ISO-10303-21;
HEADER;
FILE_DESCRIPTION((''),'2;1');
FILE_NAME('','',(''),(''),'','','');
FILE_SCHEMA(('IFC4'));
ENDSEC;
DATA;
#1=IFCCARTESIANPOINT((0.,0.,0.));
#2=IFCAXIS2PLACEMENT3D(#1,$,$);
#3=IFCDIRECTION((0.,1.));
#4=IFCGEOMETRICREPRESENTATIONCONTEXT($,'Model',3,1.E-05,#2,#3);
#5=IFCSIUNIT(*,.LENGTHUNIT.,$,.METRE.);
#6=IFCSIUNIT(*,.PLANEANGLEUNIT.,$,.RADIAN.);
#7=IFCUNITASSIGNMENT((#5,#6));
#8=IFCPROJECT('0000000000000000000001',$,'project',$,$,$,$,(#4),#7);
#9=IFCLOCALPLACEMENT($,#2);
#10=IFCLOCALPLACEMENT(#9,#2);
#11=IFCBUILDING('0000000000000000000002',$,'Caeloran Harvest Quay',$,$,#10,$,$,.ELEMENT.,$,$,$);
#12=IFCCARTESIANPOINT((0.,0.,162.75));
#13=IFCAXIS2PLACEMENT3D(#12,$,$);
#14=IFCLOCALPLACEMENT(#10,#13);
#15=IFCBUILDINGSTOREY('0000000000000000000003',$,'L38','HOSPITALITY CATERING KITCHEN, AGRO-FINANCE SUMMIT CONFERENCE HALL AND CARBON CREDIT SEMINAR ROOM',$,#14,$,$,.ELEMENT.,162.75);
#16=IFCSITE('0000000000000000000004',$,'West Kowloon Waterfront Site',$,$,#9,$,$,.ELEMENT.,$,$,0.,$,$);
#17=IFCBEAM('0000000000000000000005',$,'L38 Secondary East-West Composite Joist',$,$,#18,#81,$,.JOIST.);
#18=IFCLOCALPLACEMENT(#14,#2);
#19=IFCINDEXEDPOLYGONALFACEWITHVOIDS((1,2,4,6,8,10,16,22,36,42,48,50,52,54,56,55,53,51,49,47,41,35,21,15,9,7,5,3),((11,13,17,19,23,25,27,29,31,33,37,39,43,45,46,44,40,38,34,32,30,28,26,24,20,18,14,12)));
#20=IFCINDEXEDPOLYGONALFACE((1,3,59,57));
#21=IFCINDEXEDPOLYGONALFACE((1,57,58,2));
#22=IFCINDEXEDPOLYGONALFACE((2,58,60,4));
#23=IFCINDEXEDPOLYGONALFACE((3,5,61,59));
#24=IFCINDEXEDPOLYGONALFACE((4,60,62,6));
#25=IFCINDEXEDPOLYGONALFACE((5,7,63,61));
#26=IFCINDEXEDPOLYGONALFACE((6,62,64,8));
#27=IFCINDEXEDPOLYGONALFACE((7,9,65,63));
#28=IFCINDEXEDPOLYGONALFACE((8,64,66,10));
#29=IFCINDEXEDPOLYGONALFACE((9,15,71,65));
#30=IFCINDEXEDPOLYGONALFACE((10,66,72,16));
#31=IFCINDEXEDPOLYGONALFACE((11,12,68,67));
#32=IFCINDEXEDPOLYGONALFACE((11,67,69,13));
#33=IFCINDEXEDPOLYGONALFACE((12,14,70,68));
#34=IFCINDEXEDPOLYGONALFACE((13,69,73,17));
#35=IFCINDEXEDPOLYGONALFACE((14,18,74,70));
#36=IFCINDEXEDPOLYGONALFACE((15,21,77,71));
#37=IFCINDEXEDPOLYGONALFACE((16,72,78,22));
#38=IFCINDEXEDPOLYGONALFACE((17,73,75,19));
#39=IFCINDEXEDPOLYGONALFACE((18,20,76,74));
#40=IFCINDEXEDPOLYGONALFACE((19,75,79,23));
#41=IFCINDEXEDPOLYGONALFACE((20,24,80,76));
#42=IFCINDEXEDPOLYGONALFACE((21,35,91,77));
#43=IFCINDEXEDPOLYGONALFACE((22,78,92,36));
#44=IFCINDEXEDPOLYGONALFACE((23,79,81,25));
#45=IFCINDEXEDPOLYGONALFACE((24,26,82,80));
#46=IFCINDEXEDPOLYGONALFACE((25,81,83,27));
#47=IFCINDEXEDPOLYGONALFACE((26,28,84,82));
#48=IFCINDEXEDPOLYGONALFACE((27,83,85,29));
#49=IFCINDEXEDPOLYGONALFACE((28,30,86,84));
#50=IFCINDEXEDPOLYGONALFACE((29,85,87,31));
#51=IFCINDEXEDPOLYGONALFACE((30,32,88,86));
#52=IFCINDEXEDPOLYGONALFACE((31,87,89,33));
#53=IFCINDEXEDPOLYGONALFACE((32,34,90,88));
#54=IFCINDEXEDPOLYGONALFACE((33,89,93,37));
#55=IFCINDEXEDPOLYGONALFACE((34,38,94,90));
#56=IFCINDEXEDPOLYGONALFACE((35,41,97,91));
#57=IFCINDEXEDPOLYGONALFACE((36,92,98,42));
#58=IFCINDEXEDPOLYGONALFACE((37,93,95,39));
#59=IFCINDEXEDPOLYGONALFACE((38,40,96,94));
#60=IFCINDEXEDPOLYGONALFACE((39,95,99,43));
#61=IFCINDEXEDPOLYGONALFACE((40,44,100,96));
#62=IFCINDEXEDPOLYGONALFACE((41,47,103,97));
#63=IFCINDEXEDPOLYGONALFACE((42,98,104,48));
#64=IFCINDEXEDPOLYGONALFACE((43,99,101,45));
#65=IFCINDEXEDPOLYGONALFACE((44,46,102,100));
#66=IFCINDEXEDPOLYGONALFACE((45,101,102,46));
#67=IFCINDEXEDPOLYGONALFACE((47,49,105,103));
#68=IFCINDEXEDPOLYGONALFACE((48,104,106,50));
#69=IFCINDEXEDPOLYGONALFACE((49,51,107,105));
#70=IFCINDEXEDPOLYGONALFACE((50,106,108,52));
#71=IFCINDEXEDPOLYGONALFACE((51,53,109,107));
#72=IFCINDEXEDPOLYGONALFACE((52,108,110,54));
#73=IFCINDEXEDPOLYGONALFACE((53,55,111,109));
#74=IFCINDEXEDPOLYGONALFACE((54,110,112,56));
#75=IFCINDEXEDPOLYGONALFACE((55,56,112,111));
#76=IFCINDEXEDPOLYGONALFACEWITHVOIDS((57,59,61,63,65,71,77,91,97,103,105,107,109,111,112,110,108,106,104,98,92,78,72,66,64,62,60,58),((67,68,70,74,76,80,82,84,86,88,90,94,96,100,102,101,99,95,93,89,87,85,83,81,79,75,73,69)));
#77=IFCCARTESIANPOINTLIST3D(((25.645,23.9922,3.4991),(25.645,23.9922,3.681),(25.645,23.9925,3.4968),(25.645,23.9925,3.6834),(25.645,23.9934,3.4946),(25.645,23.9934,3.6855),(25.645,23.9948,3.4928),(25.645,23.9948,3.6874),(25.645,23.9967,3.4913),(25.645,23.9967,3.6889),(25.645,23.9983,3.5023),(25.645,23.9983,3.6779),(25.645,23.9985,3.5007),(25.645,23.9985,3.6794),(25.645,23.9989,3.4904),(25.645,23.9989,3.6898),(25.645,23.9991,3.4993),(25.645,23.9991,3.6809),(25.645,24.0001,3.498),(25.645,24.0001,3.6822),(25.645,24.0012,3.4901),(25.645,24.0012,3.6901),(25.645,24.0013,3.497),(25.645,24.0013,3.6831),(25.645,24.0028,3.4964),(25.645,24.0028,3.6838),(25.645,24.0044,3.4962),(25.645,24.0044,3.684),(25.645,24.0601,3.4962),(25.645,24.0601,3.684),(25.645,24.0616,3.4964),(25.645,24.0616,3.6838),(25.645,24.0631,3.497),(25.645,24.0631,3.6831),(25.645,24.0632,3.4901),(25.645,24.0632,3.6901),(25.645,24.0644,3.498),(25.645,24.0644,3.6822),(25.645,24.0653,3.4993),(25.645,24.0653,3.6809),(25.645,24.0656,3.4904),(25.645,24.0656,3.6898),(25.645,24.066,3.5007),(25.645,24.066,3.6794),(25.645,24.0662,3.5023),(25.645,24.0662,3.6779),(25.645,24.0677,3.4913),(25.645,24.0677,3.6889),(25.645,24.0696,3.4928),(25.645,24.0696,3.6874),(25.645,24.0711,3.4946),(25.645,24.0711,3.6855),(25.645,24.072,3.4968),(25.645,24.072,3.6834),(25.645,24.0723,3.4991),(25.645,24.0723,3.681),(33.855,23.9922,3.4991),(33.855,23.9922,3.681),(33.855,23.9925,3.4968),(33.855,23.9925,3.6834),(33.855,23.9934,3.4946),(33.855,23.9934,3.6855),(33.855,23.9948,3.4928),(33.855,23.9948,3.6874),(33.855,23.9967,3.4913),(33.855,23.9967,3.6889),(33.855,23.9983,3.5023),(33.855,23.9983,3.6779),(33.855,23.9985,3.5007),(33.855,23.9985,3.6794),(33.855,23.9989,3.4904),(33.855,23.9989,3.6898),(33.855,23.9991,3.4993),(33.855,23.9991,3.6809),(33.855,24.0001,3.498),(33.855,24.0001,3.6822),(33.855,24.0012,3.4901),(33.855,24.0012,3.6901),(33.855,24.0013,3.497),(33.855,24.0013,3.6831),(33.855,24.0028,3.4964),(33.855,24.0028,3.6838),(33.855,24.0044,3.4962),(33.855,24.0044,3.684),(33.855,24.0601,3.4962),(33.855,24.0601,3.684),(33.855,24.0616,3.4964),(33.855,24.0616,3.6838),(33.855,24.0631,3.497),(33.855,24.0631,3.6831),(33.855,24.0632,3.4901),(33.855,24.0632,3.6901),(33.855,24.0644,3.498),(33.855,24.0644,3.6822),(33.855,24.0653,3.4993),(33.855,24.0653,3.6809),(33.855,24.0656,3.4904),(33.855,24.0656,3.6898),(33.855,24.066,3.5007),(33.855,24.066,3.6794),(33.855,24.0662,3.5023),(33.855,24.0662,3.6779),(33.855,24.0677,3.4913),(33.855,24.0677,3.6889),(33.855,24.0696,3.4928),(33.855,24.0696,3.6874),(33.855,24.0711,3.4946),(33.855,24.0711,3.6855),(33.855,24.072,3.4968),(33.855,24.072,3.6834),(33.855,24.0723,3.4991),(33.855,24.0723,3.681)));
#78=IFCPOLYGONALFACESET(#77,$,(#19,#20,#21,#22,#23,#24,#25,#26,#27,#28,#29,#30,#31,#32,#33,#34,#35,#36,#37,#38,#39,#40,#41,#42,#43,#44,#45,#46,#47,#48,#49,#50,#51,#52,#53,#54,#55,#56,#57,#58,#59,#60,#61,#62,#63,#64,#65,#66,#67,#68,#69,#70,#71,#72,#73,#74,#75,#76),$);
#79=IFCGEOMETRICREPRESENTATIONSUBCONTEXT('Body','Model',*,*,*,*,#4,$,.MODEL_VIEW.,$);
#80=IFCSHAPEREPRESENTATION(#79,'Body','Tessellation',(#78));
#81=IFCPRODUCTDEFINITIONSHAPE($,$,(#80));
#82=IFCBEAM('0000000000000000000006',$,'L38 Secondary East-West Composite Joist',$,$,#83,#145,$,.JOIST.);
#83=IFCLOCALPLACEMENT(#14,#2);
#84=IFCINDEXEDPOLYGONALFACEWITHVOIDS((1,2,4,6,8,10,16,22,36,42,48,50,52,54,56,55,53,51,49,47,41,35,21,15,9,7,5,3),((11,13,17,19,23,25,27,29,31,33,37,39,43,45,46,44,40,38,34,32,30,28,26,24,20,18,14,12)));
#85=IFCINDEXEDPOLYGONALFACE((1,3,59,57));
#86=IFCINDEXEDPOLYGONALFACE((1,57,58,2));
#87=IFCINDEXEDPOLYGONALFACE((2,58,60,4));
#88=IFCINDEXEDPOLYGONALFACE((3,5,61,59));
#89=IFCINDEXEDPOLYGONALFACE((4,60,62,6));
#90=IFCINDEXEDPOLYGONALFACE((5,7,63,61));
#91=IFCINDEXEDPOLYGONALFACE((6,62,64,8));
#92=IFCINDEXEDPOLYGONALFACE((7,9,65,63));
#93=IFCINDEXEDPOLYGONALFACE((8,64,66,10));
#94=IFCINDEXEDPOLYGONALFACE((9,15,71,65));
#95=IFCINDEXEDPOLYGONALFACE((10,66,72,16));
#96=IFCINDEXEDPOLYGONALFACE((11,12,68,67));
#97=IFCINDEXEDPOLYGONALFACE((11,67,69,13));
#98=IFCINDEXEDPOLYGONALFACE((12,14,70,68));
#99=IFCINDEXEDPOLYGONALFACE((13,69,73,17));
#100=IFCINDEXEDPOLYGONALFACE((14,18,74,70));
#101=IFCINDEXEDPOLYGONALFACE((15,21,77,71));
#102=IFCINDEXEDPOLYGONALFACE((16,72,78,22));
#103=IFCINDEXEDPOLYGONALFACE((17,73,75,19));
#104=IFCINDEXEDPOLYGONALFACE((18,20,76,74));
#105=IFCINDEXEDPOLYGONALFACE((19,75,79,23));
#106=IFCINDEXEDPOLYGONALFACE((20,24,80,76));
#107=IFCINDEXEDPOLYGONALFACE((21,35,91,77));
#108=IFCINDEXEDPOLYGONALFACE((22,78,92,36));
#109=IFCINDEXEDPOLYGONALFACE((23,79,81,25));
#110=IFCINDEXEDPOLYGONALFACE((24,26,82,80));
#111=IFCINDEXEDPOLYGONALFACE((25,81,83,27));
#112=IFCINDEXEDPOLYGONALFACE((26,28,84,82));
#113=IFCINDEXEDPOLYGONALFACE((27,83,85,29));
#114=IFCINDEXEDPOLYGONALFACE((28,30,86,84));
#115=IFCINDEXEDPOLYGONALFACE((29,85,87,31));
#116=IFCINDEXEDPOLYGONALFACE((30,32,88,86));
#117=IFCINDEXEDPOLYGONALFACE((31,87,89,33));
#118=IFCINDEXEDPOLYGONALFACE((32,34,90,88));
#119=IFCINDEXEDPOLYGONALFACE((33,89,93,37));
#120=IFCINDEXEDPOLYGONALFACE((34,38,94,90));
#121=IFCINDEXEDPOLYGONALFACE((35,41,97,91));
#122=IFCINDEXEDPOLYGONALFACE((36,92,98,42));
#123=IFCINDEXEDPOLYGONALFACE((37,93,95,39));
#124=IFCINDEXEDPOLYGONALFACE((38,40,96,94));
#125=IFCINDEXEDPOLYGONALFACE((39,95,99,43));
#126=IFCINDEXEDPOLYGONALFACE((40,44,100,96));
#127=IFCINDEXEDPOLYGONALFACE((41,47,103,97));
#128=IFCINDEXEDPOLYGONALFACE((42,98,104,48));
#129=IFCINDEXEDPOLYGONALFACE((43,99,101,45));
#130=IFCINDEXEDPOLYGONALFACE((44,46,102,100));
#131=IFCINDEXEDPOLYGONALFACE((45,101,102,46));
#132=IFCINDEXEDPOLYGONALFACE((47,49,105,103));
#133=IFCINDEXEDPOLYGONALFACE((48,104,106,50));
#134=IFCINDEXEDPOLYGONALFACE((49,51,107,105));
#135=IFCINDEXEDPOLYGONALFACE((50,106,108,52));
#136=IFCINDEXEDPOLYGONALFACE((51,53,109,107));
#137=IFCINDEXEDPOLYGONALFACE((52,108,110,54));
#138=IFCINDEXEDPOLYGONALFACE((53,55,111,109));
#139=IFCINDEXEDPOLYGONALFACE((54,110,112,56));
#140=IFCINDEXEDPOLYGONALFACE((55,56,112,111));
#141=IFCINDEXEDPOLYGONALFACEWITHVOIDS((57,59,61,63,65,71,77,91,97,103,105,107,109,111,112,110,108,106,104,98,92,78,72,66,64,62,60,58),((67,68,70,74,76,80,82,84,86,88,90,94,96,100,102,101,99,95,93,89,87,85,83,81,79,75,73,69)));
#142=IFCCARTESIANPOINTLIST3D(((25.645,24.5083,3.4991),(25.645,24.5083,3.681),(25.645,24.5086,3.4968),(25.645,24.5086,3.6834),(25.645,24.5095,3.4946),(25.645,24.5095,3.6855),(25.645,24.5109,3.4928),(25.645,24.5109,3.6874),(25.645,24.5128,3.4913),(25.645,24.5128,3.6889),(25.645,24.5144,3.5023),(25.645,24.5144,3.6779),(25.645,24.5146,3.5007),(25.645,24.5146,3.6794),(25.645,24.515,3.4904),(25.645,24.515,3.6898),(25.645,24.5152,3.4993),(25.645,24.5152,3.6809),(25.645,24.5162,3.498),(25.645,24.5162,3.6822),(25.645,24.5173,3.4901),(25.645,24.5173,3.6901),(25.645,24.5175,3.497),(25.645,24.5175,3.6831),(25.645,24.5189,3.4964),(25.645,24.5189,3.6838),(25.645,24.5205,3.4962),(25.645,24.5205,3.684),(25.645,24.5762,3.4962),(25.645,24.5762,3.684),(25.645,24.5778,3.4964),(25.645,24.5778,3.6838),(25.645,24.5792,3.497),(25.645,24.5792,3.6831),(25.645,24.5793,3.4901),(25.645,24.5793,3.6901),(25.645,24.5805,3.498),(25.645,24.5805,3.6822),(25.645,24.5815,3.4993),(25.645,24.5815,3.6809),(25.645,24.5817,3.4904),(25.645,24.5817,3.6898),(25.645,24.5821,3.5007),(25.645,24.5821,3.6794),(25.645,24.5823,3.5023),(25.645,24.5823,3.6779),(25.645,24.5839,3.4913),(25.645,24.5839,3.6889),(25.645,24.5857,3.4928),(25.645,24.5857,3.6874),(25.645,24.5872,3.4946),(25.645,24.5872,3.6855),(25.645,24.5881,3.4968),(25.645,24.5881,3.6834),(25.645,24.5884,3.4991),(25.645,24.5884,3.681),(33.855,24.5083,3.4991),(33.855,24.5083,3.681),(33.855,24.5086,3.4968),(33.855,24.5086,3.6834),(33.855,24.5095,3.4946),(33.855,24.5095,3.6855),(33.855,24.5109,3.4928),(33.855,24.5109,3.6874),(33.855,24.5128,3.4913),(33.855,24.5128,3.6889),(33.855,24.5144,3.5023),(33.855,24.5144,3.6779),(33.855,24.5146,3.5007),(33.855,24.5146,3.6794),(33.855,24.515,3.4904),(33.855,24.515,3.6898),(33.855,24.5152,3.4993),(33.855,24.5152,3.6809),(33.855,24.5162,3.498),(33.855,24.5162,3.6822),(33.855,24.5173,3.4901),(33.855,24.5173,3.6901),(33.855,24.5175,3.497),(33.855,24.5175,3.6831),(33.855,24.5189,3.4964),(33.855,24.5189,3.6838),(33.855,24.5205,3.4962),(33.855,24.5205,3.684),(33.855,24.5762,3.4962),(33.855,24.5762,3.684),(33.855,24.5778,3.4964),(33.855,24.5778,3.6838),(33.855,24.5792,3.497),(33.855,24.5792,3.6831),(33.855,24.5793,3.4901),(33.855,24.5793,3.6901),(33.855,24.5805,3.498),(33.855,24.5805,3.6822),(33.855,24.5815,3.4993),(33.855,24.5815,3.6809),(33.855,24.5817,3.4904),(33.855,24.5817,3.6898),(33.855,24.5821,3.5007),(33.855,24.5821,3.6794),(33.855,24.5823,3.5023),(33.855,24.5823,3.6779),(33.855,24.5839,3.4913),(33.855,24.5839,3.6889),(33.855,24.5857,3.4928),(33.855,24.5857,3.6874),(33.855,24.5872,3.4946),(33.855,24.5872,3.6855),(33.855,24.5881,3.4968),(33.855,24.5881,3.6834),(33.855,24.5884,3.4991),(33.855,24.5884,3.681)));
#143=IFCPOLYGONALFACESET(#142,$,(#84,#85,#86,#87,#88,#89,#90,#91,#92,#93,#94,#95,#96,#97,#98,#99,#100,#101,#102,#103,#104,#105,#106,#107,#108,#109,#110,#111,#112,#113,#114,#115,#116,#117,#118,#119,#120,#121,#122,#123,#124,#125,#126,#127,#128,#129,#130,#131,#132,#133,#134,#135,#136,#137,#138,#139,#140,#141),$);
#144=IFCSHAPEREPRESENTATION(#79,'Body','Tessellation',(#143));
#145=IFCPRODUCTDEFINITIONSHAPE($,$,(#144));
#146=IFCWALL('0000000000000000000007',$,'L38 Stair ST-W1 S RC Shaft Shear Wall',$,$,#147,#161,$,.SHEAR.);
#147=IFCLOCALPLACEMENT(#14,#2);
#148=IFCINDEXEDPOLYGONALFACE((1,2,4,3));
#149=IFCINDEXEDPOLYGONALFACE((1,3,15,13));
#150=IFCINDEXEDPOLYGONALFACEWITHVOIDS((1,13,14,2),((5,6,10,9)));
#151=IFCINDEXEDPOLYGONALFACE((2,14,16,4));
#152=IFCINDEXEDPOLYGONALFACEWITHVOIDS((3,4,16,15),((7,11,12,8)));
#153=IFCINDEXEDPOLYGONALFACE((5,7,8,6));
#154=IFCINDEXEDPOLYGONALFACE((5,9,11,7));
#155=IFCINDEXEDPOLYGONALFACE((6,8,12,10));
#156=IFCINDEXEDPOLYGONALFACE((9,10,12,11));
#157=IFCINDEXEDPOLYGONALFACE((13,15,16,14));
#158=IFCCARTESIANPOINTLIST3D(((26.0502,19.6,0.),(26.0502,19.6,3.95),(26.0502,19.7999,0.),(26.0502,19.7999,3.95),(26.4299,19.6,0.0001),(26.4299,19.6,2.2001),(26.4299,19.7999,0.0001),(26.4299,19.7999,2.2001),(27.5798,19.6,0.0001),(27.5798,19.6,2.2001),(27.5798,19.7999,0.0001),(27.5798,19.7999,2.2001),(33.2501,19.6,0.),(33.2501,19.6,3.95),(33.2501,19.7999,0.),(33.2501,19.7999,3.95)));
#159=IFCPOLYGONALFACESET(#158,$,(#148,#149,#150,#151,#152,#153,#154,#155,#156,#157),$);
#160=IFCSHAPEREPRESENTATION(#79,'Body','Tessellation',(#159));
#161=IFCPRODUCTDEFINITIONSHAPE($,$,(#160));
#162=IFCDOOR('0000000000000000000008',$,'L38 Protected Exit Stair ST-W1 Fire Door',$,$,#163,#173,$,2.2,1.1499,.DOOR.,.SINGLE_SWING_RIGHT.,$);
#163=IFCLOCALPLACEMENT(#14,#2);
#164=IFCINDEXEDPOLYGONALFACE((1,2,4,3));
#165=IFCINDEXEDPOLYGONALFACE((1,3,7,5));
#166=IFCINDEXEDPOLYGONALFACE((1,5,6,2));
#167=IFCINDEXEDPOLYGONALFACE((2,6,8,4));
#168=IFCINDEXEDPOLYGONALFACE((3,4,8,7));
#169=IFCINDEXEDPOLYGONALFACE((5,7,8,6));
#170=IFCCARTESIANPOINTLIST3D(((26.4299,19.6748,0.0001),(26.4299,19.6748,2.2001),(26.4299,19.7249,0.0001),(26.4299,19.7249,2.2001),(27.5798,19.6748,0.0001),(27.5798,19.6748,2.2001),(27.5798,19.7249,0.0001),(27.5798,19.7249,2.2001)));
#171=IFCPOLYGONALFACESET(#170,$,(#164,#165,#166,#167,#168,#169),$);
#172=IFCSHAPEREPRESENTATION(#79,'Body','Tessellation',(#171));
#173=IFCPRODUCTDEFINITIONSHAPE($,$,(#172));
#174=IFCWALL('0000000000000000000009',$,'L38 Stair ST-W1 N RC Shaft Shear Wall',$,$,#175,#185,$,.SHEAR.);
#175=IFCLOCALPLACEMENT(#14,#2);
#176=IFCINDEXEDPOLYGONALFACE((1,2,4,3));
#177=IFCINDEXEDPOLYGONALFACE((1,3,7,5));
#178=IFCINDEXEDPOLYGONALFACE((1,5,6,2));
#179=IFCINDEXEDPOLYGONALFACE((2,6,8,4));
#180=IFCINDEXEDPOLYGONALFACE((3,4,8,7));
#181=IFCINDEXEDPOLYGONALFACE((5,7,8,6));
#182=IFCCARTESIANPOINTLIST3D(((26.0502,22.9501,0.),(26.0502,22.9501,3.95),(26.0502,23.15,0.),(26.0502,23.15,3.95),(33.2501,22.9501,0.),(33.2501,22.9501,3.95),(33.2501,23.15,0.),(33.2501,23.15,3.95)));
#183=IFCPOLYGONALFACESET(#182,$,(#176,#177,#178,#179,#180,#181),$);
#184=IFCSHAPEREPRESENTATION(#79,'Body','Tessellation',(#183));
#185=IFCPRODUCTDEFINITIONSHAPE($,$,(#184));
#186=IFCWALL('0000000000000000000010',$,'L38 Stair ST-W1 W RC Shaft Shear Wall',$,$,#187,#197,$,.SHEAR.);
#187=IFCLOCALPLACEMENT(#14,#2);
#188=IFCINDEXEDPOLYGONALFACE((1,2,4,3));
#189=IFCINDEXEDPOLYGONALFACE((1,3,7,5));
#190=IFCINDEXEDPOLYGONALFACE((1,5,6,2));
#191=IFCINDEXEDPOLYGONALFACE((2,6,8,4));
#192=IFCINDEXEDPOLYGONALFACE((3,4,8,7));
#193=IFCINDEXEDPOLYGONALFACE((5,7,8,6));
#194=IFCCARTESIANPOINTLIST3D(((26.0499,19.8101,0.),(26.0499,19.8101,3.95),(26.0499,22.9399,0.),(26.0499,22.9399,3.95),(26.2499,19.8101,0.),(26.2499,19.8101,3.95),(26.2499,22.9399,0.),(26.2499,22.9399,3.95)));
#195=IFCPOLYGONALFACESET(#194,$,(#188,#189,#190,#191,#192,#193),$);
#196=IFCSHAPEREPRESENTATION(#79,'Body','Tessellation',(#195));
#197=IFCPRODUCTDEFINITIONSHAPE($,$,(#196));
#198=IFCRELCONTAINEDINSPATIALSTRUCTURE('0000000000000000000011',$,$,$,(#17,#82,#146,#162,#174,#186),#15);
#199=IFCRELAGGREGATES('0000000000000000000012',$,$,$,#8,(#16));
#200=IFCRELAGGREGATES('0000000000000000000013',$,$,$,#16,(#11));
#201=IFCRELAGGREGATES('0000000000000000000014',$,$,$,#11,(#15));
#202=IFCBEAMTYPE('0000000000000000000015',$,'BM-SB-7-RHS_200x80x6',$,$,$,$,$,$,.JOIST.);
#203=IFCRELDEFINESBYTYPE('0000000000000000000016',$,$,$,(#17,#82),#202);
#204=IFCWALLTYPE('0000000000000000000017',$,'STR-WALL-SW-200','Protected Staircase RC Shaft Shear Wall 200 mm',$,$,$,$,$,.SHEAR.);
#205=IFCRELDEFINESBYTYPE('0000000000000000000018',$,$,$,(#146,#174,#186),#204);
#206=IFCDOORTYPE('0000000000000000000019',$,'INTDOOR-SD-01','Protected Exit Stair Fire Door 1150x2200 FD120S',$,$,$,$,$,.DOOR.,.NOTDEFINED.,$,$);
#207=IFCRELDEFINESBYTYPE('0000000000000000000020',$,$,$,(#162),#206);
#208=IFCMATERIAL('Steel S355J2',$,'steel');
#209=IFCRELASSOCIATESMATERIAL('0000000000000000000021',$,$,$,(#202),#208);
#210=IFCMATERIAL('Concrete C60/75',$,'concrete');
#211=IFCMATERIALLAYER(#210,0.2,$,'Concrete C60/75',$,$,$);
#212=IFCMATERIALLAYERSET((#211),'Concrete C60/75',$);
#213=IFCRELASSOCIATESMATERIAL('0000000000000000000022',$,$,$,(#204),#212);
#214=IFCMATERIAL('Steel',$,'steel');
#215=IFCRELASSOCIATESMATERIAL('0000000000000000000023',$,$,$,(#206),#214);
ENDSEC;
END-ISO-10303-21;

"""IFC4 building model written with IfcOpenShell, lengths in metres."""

from ifc_helpers import new_model, si_unit, direction, frame, frame_2d, origin, origin_2d, place, context, subcontext, project, spatial, rectangle, hollow_rectangle, extrude, material, layer, layer_set, material_profile, profile_set, type_object, element, fill, save


model = new_model("IFC4")

# Units and contexts
model_context = context("Model", 3, precision=1e-05, world=origin(), true_north=direction((0.0, 1.0)))
body_context = subcontext(model_context, "Body", "Model", "MODEL_VIEW")
ifc_project = project(units=[si_unit("LENGTHUNIT", "METRE"), si_unit("PLANEANGLEUNIT", "RADIAN")], contexts=[model_context])

# Site, building, storey
site_placement = place(None, origin())
site = spatial("IfcSite", under=ifc_project, at=site_placement, Name="West Kowloon Waterfront Site", CompositionType="ELEMENT", RefElevation=0.0)
building_placement = place(site_placement, origin())
building = spatial("IfcBuilding", under=site, at=building_placement, Name="Caeloran Harvest Quay", CompositionType="ELEMENT")
storey_placement = place(building_placement, frame((0.0, 0.0, 162.75)))
storey = spatial("IfcBuildingStorey", under=building, at=storey_placement, Name="L38", Description="HOSPITALITY CATERING KITCHEN, AGRO-FINANCE SUMMIT CONFERENCE HALL AND CARBON CREDIT SEMINAR ROOM", CompositionType="ELEMENT", Elevation=162.75)

# Beams
ifc_material_1 = material(Name="Steel S355J2", Category="steel")
ifc_material_profile_1 = material_profile(ifc_material_1, hollow_rectangle(XDim=0.0801, YDim=0.2, WallThickness=0.0061, InnerFilletRadius=0.0061, OuterFilletRadius=0.009, at=origin_2d()), Name="RHS 200x80x6")
ifc_profile_set_1 = profile_set([ifc_material_profile_1], Name="Steel S355J2")
beam_type_1 = type_object("IfcBeamType", Name="BM-SB-7-RHS_200x80x6", PredefinedType="JOIST", material=ifc_profile_set_1)
for number, where, z_axis, x_axis, name in (
    (1, (25.645, 24.0322, 3.5901), (1.0, 0.0, 0.0), (0.0, 1.0, 0.0), "L38 Secondary East-West Composite Joist"),
    (2, (25.645, 24.5483, 3.5901), (1.0, 0.0, 0.0), (0.0, 1.0, 0.0), "L38 Secondary East-West Composite Joist"),
):
    element("IfcBeam", number, at=place(storey_placement, frame(where, z_axis=z_axis, x_axis=x_axis)), inside=storey, type_object=beam_type_1, Name=name, PredefinedType="JOIST", context=body_context, shape_type="SweptSolid", body=[
        extrude(hollow_rectangle(XDim=0.0801, YDim=0.2, WallThickness=0.0061, InnerFilletRadius=0.0061, OuterFilletRadius=0.009, at=origin_2d()), origin(), (0.0, 0.0, 1.0), 8.21),
    ])

# Wall, opening, door
ifc_material_2 = material(Name="Concrete C60/75", Category="concrete")
ifc_layer_1 = layer(ifc_material_2, 0.2, Name="Concrete C60/75")
ifc_layer_set_1 = layer_set([ifc_layer_1], Name="Concrete C60/75")
wall_type_1 = type_object("IfcWallType", Name="STR-WALL-SW-200", Description="Protected Staircase RC Shaft Shear Wall 200 mm", PredefinedType="SHEAR", material=ifc_layer_set_1)
wall_1_placement = place(storey_placement, frame((26.05, 19.7, 0.0), z_axis=(0.0, 0.0, 1.0), x_axis=(1.0, 0.0, 0.0)))
wall_1 = element("IfcWall", 3, at=wall_1_placement, inside=storey, type_object=wall_type_1, Name="L38 Stair ST-W1 S RC Shaft Shear Wall", PredefinedType="SHEAR", context=body_context, shape_type="SweptSolid", body=[
    extrude(rectangle(XDim=7.2, YDim=0.2, at=frame_2d((3.6001, 0.0))), origin(), (0.0, 0.0, 1.0), 3.95),
])
opening_1_placement = place(wall_1_placement, frame((0.3799, 0.0, 0.0)))
opening_1 = element("IfcOpeningElement", 4, at=opening_1_placement, cuts=wall_1, PredefinedType="OPENING", context=body_context, shape_type="SweptSolid", body=[
    extrude(rectangle(XDim=1.1499, YDim=2.2, at=frame_2d((0.575, 1.1001))), frame((0.0, 0.1099, 0.0), z_axis=(0.0, -1.0, 0.0), x_axis=(1.0, 0.0, 0.0)), (0.0, 0.0, 1.0), 0.22),
])
ifc_material_3 = material(Name="Steel", Category="steel")
door_type_1 = type_object("IfcDoorType", Name="INTDOOR-SD-01", Description="Protected Exit Stair Fire Door 1150x2200 FD120S", OperationType="NOTDEFINED", PredefinedType="DOOR", material=ifc_material_3)
door_1_placement = place(opening_1_placement, origin())
door_1 = element("IfcDoor", 5, at=door_1_placement, inside=storey, type_object=door_type_1, Name="L38 Protected Exit Stair ST-W1 Fire Door", OperationType="SINGLE_SWING_RIGHT", OverallHeight=2.2, OverallWidth=1.1499, PredefinedType="DOOR", context=body_context, shape_type="SweptSolid", body=[
    extrude(rectangle(XDim=1.1499, YDim=2.2, at=frame_2d((0.575, 1.1001))), frame((0.0, 0.0249, 0.0), z_axis=(0.0, -1.0, 0.0), x_axis=(1.0, 0.0, 0.0)), (0.0, 0.0, 1.0), 0.05),
])
fill(opening_1, door_1)

# Walls
wall_2_placement = place(storey_placement, frame((26.05, 23.05, 0.0), z_axis=(0.0, 0.0, 1.0), x_axis=(1.0, 0.0, 0.0)))
element("IfcWall", 6, at=wall_2_placement, inside=storey, type_object=wall_type_1, Name="L38 Stair ST-W1 N RC Shaft Shear Wall", PredefinedType="SHEAR", context=body_context, shape_type="SweptSolid", body=[
    extrude(rectangle(XDim=7.2, YDim=0.2, at=frame_2d((3.6001, 0.0))), origin(), (0.0, 0.0, 1.0), 3.95),
])
wall_3_placement = place(storey_placement, frame((26.1499, 19.8101, 0.0), z_axis=(0.0, 0.0, 1.0), x_axis=(0.0, 1.0, 0.0)))
element("IfcWall", 7, at=wall_3_placement, inside=storey, type_object=wall_type_1, Name="L38 Stair ST-W1 W RC Shaft Shear Wall", PredefinedType="SHEAR", context=body_context, shape_type="SweptSolid", body=[
    extrude(rectangle(XDim=3.1299, YDim=0.2, at=frame_2d((1.5649, 0.0))), origin(), (0.0, 0.0, 1.0), 3.95),
])

save(model, "model.ifc")
